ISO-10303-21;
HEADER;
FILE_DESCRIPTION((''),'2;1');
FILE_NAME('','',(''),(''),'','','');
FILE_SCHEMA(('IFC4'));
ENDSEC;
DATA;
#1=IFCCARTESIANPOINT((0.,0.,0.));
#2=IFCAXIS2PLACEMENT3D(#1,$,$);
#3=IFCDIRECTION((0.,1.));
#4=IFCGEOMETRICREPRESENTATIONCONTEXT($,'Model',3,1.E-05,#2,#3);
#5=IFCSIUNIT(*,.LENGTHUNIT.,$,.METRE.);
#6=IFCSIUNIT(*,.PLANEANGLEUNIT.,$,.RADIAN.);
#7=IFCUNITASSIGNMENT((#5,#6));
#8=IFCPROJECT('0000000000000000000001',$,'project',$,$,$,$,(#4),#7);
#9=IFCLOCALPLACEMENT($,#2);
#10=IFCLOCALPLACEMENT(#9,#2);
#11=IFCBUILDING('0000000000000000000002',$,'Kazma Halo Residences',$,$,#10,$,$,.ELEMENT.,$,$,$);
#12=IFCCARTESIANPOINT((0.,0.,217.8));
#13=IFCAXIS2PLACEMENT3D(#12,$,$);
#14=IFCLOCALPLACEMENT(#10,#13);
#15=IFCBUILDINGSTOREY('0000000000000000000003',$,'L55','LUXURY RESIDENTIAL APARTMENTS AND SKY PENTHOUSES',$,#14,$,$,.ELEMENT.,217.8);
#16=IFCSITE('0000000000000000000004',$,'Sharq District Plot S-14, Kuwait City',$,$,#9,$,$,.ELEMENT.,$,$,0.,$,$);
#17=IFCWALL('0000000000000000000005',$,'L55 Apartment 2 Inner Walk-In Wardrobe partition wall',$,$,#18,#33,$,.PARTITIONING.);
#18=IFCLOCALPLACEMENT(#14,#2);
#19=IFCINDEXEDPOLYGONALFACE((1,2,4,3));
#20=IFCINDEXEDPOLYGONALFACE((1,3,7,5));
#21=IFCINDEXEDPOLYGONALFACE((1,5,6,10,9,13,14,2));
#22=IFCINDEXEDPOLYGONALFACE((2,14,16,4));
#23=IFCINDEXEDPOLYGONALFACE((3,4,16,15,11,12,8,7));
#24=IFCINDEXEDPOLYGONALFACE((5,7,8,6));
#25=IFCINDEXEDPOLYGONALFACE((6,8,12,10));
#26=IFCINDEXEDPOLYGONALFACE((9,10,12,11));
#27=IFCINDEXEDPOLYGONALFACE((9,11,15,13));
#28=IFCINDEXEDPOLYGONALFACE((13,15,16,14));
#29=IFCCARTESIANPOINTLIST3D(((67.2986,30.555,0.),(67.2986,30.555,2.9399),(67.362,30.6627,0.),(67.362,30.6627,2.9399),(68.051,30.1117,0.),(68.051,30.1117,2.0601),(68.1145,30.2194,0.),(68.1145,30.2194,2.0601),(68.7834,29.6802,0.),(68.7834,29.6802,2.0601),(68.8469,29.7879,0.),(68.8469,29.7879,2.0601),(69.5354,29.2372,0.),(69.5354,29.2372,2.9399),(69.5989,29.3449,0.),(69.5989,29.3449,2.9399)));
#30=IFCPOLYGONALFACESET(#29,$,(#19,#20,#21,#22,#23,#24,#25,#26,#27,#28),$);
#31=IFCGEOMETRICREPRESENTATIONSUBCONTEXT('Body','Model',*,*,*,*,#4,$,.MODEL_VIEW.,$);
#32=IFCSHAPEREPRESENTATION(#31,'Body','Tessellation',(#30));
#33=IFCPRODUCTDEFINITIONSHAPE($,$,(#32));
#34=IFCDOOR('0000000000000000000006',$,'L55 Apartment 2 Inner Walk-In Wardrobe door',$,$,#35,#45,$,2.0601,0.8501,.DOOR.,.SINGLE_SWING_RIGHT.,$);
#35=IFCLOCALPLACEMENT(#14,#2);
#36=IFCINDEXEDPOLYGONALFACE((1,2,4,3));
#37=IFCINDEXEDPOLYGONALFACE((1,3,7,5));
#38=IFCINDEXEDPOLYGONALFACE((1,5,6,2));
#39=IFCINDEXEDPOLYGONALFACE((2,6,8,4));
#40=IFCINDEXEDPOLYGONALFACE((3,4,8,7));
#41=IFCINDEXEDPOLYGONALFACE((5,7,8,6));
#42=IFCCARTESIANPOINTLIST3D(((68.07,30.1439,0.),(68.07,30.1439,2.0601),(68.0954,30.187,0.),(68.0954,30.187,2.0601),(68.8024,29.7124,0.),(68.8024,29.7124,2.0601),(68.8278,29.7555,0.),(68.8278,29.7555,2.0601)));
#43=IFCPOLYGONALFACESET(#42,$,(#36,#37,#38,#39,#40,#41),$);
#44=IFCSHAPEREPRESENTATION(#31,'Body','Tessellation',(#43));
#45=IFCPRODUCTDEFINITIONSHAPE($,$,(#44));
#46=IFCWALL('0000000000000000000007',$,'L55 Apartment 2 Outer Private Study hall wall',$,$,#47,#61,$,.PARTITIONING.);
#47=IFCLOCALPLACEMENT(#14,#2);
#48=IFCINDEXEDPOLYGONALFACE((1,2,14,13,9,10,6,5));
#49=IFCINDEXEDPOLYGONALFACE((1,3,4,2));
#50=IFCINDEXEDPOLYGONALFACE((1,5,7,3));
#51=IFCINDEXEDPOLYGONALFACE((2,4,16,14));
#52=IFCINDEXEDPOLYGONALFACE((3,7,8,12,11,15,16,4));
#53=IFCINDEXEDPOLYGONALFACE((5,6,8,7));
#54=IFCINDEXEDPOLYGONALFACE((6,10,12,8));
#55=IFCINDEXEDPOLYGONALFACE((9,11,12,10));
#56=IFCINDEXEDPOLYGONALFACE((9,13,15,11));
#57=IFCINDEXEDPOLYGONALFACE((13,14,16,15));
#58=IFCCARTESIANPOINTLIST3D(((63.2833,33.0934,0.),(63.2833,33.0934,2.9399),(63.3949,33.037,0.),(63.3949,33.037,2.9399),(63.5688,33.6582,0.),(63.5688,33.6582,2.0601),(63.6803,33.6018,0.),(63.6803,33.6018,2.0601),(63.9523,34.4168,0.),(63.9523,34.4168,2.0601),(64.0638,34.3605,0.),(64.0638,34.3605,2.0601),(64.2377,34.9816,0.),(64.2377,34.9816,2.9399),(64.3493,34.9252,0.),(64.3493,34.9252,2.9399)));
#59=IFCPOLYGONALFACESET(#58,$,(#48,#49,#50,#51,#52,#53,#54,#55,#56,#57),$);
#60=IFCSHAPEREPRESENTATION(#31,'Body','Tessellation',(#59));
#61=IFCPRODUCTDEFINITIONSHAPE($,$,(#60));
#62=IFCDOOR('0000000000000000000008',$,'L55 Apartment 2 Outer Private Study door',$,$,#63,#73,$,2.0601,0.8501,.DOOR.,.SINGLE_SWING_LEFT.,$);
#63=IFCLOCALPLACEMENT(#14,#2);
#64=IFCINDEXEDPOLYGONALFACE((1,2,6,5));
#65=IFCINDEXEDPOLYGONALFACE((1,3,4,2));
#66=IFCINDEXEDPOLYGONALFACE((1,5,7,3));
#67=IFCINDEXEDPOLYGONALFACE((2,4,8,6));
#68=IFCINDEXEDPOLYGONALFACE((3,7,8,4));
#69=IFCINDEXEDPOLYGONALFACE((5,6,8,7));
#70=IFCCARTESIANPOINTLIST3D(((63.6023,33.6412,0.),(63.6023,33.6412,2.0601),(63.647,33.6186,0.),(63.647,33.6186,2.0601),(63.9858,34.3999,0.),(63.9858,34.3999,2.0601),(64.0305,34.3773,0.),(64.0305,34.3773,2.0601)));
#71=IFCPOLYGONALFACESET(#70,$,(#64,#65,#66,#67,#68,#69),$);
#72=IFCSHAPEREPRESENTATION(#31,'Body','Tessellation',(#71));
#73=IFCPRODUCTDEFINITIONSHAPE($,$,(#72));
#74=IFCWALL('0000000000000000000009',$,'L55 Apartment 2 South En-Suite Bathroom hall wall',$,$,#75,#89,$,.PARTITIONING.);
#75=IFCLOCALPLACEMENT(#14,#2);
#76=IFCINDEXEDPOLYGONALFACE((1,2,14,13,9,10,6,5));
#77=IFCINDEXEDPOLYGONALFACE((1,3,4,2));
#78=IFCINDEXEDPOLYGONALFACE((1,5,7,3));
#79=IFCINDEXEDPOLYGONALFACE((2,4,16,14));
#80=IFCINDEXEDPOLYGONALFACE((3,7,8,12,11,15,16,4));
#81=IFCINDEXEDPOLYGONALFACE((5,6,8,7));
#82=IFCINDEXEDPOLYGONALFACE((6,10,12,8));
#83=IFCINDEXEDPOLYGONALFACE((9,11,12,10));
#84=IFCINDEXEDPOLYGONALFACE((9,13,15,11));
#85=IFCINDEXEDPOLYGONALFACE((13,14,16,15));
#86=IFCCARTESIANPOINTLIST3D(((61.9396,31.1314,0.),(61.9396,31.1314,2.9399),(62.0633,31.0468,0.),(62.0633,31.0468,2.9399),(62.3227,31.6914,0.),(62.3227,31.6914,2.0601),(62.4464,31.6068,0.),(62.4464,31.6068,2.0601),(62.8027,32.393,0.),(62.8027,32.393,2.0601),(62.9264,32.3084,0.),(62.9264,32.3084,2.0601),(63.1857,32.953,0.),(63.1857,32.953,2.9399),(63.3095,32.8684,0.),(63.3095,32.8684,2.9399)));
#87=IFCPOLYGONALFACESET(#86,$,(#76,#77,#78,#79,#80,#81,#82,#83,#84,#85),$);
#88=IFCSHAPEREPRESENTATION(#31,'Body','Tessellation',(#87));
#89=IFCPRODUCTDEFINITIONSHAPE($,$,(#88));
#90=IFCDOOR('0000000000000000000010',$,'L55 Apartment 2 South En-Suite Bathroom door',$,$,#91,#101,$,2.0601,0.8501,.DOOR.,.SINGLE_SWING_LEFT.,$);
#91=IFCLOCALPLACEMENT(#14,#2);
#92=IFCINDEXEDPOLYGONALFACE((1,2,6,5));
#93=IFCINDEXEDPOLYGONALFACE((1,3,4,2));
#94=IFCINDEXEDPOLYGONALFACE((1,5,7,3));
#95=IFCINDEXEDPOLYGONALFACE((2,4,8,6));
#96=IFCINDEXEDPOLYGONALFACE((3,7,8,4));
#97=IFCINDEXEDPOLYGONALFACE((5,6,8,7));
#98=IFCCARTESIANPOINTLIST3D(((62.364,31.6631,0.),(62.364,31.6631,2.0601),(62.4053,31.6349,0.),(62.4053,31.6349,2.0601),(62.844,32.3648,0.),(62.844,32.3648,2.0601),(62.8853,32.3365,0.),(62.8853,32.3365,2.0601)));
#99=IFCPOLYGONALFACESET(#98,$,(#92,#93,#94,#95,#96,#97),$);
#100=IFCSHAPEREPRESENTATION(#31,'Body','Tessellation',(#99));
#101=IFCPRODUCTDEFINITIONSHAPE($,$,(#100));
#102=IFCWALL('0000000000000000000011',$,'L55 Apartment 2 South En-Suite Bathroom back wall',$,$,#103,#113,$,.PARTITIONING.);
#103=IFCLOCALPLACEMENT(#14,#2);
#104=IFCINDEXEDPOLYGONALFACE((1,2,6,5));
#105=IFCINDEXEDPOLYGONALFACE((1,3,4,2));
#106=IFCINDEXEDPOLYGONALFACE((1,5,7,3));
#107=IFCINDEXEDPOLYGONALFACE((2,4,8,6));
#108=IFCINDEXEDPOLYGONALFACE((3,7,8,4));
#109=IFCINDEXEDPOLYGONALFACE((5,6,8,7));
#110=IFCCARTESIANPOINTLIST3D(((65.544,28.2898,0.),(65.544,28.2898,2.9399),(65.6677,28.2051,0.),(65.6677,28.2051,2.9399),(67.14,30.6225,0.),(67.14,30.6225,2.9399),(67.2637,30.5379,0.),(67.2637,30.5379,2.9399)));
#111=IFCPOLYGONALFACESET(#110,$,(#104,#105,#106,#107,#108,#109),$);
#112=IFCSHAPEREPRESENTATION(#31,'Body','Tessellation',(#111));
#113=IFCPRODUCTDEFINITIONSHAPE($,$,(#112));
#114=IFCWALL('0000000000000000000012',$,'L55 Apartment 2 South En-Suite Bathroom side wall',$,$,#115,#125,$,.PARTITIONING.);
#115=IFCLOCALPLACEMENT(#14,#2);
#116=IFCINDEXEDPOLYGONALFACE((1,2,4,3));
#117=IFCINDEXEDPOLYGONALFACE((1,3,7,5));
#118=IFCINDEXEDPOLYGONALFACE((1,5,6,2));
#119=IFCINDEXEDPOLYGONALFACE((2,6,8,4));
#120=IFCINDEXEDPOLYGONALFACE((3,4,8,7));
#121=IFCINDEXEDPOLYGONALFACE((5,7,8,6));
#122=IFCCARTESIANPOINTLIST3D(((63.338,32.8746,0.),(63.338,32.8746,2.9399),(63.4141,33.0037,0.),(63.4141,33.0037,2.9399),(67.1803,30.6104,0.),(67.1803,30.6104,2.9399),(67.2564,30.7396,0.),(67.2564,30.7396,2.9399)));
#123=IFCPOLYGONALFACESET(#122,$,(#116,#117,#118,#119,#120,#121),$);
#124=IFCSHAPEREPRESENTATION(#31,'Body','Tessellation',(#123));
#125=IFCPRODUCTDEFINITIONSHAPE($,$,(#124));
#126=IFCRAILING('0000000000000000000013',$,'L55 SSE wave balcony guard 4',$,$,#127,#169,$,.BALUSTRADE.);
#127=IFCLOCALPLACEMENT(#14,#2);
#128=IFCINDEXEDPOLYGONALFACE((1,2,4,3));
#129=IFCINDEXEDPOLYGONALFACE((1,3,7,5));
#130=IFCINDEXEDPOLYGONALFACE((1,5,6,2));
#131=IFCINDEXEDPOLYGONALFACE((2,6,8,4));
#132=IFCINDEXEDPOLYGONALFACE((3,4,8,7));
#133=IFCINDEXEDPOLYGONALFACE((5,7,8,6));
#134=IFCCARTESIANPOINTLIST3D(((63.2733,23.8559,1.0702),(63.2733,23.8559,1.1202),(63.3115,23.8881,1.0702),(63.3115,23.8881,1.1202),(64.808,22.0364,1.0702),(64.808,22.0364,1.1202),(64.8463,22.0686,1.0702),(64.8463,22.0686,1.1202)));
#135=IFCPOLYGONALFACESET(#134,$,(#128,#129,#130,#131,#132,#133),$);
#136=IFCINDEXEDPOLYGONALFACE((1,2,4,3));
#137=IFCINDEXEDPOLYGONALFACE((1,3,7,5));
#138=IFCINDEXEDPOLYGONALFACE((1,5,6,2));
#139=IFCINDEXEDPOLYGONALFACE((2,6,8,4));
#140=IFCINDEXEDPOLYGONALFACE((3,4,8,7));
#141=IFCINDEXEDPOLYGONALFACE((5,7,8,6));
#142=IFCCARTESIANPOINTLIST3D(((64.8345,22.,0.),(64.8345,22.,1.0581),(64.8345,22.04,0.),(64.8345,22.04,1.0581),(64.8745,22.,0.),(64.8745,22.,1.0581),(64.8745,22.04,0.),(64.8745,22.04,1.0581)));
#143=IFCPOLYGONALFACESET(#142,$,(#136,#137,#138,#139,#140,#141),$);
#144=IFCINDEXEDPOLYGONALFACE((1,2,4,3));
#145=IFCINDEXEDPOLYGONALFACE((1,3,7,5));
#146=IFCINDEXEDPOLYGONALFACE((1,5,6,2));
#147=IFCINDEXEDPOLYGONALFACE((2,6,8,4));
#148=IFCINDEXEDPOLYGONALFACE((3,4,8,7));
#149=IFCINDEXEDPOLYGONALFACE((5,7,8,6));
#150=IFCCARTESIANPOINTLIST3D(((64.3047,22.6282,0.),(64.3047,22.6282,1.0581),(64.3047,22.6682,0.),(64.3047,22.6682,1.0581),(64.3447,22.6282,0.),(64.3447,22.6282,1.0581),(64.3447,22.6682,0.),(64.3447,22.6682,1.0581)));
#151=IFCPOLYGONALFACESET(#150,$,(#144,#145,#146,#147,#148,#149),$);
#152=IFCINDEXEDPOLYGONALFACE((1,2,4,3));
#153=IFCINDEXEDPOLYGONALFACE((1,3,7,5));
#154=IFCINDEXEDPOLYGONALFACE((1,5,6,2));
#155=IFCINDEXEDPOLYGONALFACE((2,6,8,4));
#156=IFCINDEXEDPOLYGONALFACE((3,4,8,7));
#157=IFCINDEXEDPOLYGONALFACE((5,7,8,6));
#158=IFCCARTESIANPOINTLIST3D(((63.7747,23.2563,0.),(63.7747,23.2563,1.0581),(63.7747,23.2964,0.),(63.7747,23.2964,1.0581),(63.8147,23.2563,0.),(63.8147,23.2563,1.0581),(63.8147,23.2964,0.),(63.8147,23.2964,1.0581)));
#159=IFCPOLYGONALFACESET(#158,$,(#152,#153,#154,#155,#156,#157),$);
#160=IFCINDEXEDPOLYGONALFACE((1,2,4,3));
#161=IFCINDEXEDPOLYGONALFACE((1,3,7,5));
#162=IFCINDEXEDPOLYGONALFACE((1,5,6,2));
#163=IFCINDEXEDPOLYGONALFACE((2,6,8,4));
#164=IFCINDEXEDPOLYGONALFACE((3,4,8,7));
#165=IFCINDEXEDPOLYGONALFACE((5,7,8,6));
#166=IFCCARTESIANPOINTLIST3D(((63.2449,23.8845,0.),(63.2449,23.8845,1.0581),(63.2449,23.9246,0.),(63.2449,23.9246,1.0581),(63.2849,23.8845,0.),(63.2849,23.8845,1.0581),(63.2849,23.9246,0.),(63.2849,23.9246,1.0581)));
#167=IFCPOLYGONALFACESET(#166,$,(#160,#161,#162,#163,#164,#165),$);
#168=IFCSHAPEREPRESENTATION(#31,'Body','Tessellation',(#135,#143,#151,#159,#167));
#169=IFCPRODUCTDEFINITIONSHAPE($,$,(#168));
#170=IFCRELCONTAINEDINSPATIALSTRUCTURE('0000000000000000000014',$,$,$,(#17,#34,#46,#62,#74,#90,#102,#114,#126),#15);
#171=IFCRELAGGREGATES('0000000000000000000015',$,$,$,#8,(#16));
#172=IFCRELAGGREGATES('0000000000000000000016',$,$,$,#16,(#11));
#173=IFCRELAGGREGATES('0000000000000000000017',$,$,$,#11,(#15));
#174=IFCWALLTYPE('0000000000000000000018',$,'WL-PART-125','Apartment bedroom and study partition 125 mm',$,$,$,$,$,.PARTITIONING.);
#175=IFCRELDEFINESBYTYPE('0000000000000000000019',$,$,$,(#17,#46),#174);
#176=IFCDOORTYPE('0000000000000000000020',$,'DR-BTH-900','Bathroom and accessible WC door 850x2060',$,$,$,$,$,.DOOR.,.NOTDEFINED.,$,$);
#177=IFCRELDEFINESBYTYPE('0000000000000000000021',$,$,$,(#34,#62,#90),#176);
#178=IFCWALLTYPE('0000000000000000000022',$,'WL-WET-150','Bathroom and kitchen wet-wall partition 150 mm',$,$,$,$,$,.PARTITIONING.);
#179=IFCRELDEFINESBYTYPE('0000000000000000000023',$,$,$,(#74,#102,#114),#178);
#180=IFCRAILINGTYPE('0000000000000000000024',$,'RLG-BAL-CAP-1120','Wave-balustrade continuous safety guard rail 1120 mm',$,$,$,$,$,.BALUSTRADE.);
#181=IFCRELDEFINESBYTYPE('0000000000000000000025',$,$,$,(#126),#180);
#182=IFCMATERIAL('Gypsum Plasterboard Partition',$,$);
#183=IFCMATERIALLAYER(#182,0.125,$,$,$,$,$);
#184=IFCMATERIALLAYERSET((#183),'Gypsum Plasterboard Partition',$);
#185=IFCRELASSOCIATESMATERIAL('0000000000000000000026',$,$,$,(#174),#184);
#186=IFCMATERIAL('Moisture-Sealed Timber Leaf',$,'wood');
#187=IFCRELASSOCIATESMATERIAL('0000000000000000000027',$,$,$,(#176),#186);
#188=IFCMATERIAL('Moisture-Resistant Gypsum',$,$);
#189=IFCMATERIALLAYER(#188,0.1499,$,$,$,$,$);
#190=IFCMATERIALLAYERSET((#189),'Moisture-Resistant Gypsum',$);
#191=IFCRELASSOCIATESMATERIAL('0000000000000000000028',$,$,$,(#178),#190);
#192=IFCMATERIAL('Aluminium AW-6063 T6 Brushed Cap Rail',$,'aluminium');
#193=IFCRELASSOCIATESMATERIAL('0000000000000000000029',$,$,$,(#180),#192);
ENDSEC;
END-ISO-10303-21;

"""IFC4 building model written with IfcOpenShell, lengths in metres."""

from ifc_helpers import new_model, si_unit, direction, frame, frame_2d, origin, origin_2d, place, context, subcontext, project, spatial, rectangle, extrude, material, layer, layer_set, type_object, element, fill, save


model = new_model("IFC4")

# Units and contexts
model_context = context("Model", 3, precision=1e-05, world=origin(), true_north=direction((0.0, 1.0)))
body_context = subcontext(model_context, "Body", "Model", "MODEL_VIEW")
ifc_project = project(units=[si_unit("LENGTHUNIT", "METRE"), si_unit("PLANEANGLEUNIT", "RADIAN")], contexts=[model_context])

# Site, building, storey
site_placement = place(None, origin())
site = spatial("IfcSite", under=ifc_project, at=site_placement, Name="Sharq District Plot S-14, Kuwait City", CompositionType="ELEMENT", RefElevation=0.0)
building_placement = place(site_placement, origin())
building = spatial("IfcBuilding", under=site, at=building_placement, Name="Kazma Halo Residences", CompositionType="ELEMENT")
storey_placement = place(building_placement, frame((0.0, 0.0, 217.8)))
storey = spatial("IfcBuildingStorey", under=building, at=storey_placement, Name="L55", Description="LUXURY RESIDENTIAL APARTMENTS AND SKY PENTHOUSES", CompositionType="ELEMENT", Elevation=217.8)

# Shared definitions
ifc_material_1 = material(Name="Gypsum Plasterboard Partition")
ifc_layer_1 = layer(ifc_material_1, 0.125)
ifc_layer_set_1 = layer_set([ifc_layer_1], Name="Gypsum Plasterboard Partition")
wall_type_1 = type_object("IfcWallType", Name="WL-PART-125", Description="Apartment bedroom and study partition 125 mm", PredefinedType="PARTITIONING", material=ifc_layer_set_1)

# Walls, openings, doors
wall_1_placement = place(storey_placement, frame((67.3303, 30.6089, 0.0), z_axis=(0.0, 0.0, 1.0), x_axis=(0.861581, -0.50762, 0.0)))
wall_1 = element("IfcWall", 1, at=wall_1_placement, inside=storey, type_object=wall_type_1, Name="L55 Apartment 2 Inner Walk-In Wardrobe partition wall", PredefinedType="PARTITIONING", context=body_context, shape_type="SweptSolid", body=[
    extrude(rectangle(XDim=2.5962, YDim=0.125, at=frame_2d((1.2981, 0.0))), origin(), (0.0, 0.0, 1.0), 2.9399),
])
opening_1_placement = place(wall_1_placement, frame((0.8733, 0.0, 0.0)))
opening_1 = element("IfcOpeningElement", 2, at=opening_1_placement, cuts=wall_1, PredefinedType="OPENING", context=body_context, shape_type="SweptSolid", body=[
    extrude(rectangle(XDim=0.8501, YDim=2.0601, at=frame_2d((0.425, 1.03))), frame((0.0, 0.0725, 0.0), z_axis=(0.0, -1.0, 0.0), x_axis=(1.0, 0.0, 0.0)), (0.0, 0.0, 1.0), 0.145),
])
ifc_material_2 = material(Name="Moisture-Sealed Timber Leaf", Category="wood")
door_type_1 = type_object("IfcDoorType", Name="DR-BTH-900", Description="Bathroom and accessible WC door 850x2060", OperationType="NOTDEFINED", PredefinedType="DOOR", material=ifc_material_2)
door_1_placement = place(opening_1_placement, origin())
door_1 = element("IfcDoor", 3, at=door_1_placement, inside=storey, type_object=door_type_1, Name="L55 Apartment 2 Inner Walk-In Wardrobe door", OperationType="SINGLE_SWING_RIGHT", OverallHeight=2.0601, OverallWidth=0.8501, PredefinedType="DOOR", context=body_context, shape_type="SweptSolid", body=[
    extrude(rectangle(XDim=0.8501, YDim=2.0601, at=frame_2d((0.425, 1.03))), frame((0.0, 0.0249, 0.0), z_axis=(0.0, -1.0, 0.0), x_axis=(1.0, 0.0, 0.0)), (0.0, 0.0, 1.0), 0.05),
])
fill(opening_1, door_1)
wall_2_placement = place(storey_placement, frame((63.3391, 33.0652, 0.0), z_axis=(0.0, 0.0, 1.0), x_axis=(0.451087, 0.89248, 0.0)))
wall_2 = element("IfcWall", 4, at=wall_2_placement, inside=storey, type_object=wall_type_1, Name="L55 Apartment 2 Outer Private Study hall wall", PredefinedType="PARTITIONING", context=body_context, shape_type="SweptSolid", body=[
    extrude(rectangle(XDim=2.1157, YDim=0.125, at=frame_2d((1.0579, 0.0))), origin(), (0.0, 0.0, 1.0), 2.9399),
])
opening_2_placement = place(wall_2_placement, frame((0.6328, 0.0, 0.0)))
opening_2 = element("IfcOpeningElement", 5, at=opening_2_placement, cuts=wall_2, PredefinedType="OPENING", context=body_context, shape_type="SweptSolid", body=[
    extrude(rectangle(XDim=0.8501, YDim=2.0601, at=frame_2d((0.425, 1.03))), frame((0.0, 0.0725, 0.0), z_axis=(0.0, -1.0, 0.0), x_axis=(1.0, 0.0, 0.0)), (0.0, 0.0, 1.0), 0.145),
])
door_2_placement = place(opening_2_placement, origin())
door_2 = element("IfcDoor", 6, at=door_2_placement, inside=storey, type_object=door_type_1, Name="L55 Apartment 2 Outer Private Study door", OperationType="SINGLE_SWING_LEFT", OverallHeight=2.0601, OverallWidth=0.8501, PredefinedType="DOOR", context=body_context, shape_type="SweptSolid", body=[
    extrude(rectangle(XDim=0.8501, YDim=2.0601, at=frame_2d((0.425, 1.03))), frame((0.0, 0.0249, 0.0), z_axis=(0.0, -1.0, 0.0), x_axis=(1.0, 0.0, 0.0)), (0.0, 0.0, 1.0), 0.05),
])
fill(opening_2, door_2)
ifc_material_3 = material(Name="Moisture-Resistant Gypsum")
ifc_layer_2 = layer(ifc_material_3, 0.1499)
ifc_layer_set_2 = layer_set([ifc_layer_2], Name="Moisture-Resistant Gypsum")
wall_type_2 = type_object("IfcWallType", Name="WL-WET-150", Description="Bathroom and kitchen wet-wall partition 150 mm", PredefinedType="PARTITIONING", material=ifc_layer_set_2)
wall_3_placement = place(storey_placement, frame((62.0015, 31.0891, 0.0), z_axis=(0.0, 0.0, 1.0), x_axis=(0.564616, 0.825353, 0.0)))
wall_3 = element("IfcWall", 7, at=wall_3_placement, inside=storey, type_object=wall_type_2, Name="L55 Apartment 2 South En-Suite Bathroom hall wall", PredefinedType="PARTITIONING", context=body_context, shape_type="SweptSolid", body=[
    extrude(rectangle(XDim=2.207, YDim=0.1499, at=frame_2d((1.1035, 0.0))), origin(), (0.0, 0.0, 1.0), 2.9399),
])
opening_3_placement = place(wall_3_placement, frame((0.6785, 0.0, 0.0)))
opening_3 = element("IfcOpeningElement", 8, at=opening_3_placement, cuts=wall_3, PredefinedType="OPENING", context=body_context, shape_type="SweptSolid", body=[
    extrude(rectangle(XDim=0.8501, YDim=2.0601, at=frame_2d((0.425, 1.03))), frame((0.0, 0.085, 0.0), z_axis=(0.0, -1.0, 0.0), x_axis=(1.0, 0.0, 0.0)), (0.0, 0.0, 1.0), 0.1699),
])
door_3_placement = place(opening_3_placement, origin())
door_3 = element("IfcDoor", 9, at=door_3_placement, inside=storey, type_object=door_type_1, Name="L55 Apartment 2 South En-Suite Bathroom door", OperationType="SINGLE_SWING_LEFT", OverallHeight=2.0601, OverallWidth=0.8501, PredefinedType="DOOR", context=body_context, shape_type="SweptSolid", body=[
    extrude(rectangle(XDim=0.8501, YDim=2.0601, at=frame_2d((0.425, 1.03))), frame((0.0, 0.0249, 0.0), z_axis=(0.0, -1.0, 0.0), x_axis=(1.0, 0.0, 0.0)), (0.0, 0.0, 1.0), 0.05),
])
fill(opening_3, door_3)

# Walls
wall_4_placement = place(storey_placement, frame((65.606, 28.2476, 0.0), z_axis=(0.0, 0.0, 1.0), x_axis=(0.564647, 0.825333, 0.0)))
element("IfcWall", 10, at=wall_4_placement, inside=storey, type_object=wall_type_2, Name="L55 Apartment 2 South En-Suite Bathroom back wall", PredefinedType="PARTITIONING", context=body_context, shape_type="SweptSolid", body=[
    extrude(rectangle(XDim=2.8264, YDim=0.1499, at=frame_2d((1.4131, 0.0))), origin(), (0.0, 0.0, 1.0), 2.9399),
])
wall_5_placement = place(storey_placement, frame((63.376, 32.9392, 0.0), z_axis=(0.0, 0.0, 1.0), x_axis=(0.861543, -0.507685, 0.0)))
element("IfcWall", 11, at=wall_5_placement, inside=storey, type_object=wall_type_2, Name="L55 Apartment 2 South En-Suite Bathroom side wall", PredefinedType="PARTITIONING", context=body_context, shape_type="SweptSolid", body=[
    extrude(rectangle(XDim=4.4597, YDim=0.1499, at=frame_2d((2.23, 0.0))), origin(), (0.0, 0.0, 1.0), 2.9399),
])

# Railing
ifc_material_4 = material(Name="Aluminium AW-6063 T6 Brushed Cap Rail", Category="aluminium")
railing_type = type_object("IfcRailingType", Name="RLG-BAL-CAP-1120", Description="Wave-balustrade continuous safety guard rail 1120 mm", PredefinedType="BALUSTRADE", material=ifc_material_4)
railing_1_placement = place(storey_placement, frame((64.8545, 22.02, 0.0)))
element("IfcRailing", 12, at=railing_1_placement, inside=storey, type_object=railing_type, Name="L55 SSE wave balcony guard 4", PredefinedType="BALUSTRADE", context=body_context, shape_type="SweptSolid", body=[
    extrude(rectangle(XDim=0.05, YDim=0.05, at=origin_2d()), frame((-0.0273, 0.0325, 1.0952), z_axis=(-0.644761, 0.764385, 0.0), x_axis=(-0.764385, -0.644761, 0.0)), (0.0, 0.0, 1.0), 2.3804),
    extrude(rectangle(XDim=0.04, YDim=0.04, at=origin_2d()), origin(), (0.0, 0.0, 1.0), 1.0581),
    extrude(rectangle(XDim=0.04, YDim=0.04, at=origin_2d()), frame((-0.5298, 0.6282, 0.0)), (0.0, 0.0, 1.0), 1.0581),
    extrude(rectangle(XDim=0.04, YDim=0.04, at=origin_2d()), frame((-1.0598, 1.2563, 0.0)), (0.0, 0.0, 1.0), 1.0581),
    extrude(rectangle(XDim=0.04, YDim=0.04, at=origin_2d()), frame((-1.5896, 1.8845, 0.0)), (0.0, 0.0, 1.0), 1.0581),
])

save(model, "model.ifc")
